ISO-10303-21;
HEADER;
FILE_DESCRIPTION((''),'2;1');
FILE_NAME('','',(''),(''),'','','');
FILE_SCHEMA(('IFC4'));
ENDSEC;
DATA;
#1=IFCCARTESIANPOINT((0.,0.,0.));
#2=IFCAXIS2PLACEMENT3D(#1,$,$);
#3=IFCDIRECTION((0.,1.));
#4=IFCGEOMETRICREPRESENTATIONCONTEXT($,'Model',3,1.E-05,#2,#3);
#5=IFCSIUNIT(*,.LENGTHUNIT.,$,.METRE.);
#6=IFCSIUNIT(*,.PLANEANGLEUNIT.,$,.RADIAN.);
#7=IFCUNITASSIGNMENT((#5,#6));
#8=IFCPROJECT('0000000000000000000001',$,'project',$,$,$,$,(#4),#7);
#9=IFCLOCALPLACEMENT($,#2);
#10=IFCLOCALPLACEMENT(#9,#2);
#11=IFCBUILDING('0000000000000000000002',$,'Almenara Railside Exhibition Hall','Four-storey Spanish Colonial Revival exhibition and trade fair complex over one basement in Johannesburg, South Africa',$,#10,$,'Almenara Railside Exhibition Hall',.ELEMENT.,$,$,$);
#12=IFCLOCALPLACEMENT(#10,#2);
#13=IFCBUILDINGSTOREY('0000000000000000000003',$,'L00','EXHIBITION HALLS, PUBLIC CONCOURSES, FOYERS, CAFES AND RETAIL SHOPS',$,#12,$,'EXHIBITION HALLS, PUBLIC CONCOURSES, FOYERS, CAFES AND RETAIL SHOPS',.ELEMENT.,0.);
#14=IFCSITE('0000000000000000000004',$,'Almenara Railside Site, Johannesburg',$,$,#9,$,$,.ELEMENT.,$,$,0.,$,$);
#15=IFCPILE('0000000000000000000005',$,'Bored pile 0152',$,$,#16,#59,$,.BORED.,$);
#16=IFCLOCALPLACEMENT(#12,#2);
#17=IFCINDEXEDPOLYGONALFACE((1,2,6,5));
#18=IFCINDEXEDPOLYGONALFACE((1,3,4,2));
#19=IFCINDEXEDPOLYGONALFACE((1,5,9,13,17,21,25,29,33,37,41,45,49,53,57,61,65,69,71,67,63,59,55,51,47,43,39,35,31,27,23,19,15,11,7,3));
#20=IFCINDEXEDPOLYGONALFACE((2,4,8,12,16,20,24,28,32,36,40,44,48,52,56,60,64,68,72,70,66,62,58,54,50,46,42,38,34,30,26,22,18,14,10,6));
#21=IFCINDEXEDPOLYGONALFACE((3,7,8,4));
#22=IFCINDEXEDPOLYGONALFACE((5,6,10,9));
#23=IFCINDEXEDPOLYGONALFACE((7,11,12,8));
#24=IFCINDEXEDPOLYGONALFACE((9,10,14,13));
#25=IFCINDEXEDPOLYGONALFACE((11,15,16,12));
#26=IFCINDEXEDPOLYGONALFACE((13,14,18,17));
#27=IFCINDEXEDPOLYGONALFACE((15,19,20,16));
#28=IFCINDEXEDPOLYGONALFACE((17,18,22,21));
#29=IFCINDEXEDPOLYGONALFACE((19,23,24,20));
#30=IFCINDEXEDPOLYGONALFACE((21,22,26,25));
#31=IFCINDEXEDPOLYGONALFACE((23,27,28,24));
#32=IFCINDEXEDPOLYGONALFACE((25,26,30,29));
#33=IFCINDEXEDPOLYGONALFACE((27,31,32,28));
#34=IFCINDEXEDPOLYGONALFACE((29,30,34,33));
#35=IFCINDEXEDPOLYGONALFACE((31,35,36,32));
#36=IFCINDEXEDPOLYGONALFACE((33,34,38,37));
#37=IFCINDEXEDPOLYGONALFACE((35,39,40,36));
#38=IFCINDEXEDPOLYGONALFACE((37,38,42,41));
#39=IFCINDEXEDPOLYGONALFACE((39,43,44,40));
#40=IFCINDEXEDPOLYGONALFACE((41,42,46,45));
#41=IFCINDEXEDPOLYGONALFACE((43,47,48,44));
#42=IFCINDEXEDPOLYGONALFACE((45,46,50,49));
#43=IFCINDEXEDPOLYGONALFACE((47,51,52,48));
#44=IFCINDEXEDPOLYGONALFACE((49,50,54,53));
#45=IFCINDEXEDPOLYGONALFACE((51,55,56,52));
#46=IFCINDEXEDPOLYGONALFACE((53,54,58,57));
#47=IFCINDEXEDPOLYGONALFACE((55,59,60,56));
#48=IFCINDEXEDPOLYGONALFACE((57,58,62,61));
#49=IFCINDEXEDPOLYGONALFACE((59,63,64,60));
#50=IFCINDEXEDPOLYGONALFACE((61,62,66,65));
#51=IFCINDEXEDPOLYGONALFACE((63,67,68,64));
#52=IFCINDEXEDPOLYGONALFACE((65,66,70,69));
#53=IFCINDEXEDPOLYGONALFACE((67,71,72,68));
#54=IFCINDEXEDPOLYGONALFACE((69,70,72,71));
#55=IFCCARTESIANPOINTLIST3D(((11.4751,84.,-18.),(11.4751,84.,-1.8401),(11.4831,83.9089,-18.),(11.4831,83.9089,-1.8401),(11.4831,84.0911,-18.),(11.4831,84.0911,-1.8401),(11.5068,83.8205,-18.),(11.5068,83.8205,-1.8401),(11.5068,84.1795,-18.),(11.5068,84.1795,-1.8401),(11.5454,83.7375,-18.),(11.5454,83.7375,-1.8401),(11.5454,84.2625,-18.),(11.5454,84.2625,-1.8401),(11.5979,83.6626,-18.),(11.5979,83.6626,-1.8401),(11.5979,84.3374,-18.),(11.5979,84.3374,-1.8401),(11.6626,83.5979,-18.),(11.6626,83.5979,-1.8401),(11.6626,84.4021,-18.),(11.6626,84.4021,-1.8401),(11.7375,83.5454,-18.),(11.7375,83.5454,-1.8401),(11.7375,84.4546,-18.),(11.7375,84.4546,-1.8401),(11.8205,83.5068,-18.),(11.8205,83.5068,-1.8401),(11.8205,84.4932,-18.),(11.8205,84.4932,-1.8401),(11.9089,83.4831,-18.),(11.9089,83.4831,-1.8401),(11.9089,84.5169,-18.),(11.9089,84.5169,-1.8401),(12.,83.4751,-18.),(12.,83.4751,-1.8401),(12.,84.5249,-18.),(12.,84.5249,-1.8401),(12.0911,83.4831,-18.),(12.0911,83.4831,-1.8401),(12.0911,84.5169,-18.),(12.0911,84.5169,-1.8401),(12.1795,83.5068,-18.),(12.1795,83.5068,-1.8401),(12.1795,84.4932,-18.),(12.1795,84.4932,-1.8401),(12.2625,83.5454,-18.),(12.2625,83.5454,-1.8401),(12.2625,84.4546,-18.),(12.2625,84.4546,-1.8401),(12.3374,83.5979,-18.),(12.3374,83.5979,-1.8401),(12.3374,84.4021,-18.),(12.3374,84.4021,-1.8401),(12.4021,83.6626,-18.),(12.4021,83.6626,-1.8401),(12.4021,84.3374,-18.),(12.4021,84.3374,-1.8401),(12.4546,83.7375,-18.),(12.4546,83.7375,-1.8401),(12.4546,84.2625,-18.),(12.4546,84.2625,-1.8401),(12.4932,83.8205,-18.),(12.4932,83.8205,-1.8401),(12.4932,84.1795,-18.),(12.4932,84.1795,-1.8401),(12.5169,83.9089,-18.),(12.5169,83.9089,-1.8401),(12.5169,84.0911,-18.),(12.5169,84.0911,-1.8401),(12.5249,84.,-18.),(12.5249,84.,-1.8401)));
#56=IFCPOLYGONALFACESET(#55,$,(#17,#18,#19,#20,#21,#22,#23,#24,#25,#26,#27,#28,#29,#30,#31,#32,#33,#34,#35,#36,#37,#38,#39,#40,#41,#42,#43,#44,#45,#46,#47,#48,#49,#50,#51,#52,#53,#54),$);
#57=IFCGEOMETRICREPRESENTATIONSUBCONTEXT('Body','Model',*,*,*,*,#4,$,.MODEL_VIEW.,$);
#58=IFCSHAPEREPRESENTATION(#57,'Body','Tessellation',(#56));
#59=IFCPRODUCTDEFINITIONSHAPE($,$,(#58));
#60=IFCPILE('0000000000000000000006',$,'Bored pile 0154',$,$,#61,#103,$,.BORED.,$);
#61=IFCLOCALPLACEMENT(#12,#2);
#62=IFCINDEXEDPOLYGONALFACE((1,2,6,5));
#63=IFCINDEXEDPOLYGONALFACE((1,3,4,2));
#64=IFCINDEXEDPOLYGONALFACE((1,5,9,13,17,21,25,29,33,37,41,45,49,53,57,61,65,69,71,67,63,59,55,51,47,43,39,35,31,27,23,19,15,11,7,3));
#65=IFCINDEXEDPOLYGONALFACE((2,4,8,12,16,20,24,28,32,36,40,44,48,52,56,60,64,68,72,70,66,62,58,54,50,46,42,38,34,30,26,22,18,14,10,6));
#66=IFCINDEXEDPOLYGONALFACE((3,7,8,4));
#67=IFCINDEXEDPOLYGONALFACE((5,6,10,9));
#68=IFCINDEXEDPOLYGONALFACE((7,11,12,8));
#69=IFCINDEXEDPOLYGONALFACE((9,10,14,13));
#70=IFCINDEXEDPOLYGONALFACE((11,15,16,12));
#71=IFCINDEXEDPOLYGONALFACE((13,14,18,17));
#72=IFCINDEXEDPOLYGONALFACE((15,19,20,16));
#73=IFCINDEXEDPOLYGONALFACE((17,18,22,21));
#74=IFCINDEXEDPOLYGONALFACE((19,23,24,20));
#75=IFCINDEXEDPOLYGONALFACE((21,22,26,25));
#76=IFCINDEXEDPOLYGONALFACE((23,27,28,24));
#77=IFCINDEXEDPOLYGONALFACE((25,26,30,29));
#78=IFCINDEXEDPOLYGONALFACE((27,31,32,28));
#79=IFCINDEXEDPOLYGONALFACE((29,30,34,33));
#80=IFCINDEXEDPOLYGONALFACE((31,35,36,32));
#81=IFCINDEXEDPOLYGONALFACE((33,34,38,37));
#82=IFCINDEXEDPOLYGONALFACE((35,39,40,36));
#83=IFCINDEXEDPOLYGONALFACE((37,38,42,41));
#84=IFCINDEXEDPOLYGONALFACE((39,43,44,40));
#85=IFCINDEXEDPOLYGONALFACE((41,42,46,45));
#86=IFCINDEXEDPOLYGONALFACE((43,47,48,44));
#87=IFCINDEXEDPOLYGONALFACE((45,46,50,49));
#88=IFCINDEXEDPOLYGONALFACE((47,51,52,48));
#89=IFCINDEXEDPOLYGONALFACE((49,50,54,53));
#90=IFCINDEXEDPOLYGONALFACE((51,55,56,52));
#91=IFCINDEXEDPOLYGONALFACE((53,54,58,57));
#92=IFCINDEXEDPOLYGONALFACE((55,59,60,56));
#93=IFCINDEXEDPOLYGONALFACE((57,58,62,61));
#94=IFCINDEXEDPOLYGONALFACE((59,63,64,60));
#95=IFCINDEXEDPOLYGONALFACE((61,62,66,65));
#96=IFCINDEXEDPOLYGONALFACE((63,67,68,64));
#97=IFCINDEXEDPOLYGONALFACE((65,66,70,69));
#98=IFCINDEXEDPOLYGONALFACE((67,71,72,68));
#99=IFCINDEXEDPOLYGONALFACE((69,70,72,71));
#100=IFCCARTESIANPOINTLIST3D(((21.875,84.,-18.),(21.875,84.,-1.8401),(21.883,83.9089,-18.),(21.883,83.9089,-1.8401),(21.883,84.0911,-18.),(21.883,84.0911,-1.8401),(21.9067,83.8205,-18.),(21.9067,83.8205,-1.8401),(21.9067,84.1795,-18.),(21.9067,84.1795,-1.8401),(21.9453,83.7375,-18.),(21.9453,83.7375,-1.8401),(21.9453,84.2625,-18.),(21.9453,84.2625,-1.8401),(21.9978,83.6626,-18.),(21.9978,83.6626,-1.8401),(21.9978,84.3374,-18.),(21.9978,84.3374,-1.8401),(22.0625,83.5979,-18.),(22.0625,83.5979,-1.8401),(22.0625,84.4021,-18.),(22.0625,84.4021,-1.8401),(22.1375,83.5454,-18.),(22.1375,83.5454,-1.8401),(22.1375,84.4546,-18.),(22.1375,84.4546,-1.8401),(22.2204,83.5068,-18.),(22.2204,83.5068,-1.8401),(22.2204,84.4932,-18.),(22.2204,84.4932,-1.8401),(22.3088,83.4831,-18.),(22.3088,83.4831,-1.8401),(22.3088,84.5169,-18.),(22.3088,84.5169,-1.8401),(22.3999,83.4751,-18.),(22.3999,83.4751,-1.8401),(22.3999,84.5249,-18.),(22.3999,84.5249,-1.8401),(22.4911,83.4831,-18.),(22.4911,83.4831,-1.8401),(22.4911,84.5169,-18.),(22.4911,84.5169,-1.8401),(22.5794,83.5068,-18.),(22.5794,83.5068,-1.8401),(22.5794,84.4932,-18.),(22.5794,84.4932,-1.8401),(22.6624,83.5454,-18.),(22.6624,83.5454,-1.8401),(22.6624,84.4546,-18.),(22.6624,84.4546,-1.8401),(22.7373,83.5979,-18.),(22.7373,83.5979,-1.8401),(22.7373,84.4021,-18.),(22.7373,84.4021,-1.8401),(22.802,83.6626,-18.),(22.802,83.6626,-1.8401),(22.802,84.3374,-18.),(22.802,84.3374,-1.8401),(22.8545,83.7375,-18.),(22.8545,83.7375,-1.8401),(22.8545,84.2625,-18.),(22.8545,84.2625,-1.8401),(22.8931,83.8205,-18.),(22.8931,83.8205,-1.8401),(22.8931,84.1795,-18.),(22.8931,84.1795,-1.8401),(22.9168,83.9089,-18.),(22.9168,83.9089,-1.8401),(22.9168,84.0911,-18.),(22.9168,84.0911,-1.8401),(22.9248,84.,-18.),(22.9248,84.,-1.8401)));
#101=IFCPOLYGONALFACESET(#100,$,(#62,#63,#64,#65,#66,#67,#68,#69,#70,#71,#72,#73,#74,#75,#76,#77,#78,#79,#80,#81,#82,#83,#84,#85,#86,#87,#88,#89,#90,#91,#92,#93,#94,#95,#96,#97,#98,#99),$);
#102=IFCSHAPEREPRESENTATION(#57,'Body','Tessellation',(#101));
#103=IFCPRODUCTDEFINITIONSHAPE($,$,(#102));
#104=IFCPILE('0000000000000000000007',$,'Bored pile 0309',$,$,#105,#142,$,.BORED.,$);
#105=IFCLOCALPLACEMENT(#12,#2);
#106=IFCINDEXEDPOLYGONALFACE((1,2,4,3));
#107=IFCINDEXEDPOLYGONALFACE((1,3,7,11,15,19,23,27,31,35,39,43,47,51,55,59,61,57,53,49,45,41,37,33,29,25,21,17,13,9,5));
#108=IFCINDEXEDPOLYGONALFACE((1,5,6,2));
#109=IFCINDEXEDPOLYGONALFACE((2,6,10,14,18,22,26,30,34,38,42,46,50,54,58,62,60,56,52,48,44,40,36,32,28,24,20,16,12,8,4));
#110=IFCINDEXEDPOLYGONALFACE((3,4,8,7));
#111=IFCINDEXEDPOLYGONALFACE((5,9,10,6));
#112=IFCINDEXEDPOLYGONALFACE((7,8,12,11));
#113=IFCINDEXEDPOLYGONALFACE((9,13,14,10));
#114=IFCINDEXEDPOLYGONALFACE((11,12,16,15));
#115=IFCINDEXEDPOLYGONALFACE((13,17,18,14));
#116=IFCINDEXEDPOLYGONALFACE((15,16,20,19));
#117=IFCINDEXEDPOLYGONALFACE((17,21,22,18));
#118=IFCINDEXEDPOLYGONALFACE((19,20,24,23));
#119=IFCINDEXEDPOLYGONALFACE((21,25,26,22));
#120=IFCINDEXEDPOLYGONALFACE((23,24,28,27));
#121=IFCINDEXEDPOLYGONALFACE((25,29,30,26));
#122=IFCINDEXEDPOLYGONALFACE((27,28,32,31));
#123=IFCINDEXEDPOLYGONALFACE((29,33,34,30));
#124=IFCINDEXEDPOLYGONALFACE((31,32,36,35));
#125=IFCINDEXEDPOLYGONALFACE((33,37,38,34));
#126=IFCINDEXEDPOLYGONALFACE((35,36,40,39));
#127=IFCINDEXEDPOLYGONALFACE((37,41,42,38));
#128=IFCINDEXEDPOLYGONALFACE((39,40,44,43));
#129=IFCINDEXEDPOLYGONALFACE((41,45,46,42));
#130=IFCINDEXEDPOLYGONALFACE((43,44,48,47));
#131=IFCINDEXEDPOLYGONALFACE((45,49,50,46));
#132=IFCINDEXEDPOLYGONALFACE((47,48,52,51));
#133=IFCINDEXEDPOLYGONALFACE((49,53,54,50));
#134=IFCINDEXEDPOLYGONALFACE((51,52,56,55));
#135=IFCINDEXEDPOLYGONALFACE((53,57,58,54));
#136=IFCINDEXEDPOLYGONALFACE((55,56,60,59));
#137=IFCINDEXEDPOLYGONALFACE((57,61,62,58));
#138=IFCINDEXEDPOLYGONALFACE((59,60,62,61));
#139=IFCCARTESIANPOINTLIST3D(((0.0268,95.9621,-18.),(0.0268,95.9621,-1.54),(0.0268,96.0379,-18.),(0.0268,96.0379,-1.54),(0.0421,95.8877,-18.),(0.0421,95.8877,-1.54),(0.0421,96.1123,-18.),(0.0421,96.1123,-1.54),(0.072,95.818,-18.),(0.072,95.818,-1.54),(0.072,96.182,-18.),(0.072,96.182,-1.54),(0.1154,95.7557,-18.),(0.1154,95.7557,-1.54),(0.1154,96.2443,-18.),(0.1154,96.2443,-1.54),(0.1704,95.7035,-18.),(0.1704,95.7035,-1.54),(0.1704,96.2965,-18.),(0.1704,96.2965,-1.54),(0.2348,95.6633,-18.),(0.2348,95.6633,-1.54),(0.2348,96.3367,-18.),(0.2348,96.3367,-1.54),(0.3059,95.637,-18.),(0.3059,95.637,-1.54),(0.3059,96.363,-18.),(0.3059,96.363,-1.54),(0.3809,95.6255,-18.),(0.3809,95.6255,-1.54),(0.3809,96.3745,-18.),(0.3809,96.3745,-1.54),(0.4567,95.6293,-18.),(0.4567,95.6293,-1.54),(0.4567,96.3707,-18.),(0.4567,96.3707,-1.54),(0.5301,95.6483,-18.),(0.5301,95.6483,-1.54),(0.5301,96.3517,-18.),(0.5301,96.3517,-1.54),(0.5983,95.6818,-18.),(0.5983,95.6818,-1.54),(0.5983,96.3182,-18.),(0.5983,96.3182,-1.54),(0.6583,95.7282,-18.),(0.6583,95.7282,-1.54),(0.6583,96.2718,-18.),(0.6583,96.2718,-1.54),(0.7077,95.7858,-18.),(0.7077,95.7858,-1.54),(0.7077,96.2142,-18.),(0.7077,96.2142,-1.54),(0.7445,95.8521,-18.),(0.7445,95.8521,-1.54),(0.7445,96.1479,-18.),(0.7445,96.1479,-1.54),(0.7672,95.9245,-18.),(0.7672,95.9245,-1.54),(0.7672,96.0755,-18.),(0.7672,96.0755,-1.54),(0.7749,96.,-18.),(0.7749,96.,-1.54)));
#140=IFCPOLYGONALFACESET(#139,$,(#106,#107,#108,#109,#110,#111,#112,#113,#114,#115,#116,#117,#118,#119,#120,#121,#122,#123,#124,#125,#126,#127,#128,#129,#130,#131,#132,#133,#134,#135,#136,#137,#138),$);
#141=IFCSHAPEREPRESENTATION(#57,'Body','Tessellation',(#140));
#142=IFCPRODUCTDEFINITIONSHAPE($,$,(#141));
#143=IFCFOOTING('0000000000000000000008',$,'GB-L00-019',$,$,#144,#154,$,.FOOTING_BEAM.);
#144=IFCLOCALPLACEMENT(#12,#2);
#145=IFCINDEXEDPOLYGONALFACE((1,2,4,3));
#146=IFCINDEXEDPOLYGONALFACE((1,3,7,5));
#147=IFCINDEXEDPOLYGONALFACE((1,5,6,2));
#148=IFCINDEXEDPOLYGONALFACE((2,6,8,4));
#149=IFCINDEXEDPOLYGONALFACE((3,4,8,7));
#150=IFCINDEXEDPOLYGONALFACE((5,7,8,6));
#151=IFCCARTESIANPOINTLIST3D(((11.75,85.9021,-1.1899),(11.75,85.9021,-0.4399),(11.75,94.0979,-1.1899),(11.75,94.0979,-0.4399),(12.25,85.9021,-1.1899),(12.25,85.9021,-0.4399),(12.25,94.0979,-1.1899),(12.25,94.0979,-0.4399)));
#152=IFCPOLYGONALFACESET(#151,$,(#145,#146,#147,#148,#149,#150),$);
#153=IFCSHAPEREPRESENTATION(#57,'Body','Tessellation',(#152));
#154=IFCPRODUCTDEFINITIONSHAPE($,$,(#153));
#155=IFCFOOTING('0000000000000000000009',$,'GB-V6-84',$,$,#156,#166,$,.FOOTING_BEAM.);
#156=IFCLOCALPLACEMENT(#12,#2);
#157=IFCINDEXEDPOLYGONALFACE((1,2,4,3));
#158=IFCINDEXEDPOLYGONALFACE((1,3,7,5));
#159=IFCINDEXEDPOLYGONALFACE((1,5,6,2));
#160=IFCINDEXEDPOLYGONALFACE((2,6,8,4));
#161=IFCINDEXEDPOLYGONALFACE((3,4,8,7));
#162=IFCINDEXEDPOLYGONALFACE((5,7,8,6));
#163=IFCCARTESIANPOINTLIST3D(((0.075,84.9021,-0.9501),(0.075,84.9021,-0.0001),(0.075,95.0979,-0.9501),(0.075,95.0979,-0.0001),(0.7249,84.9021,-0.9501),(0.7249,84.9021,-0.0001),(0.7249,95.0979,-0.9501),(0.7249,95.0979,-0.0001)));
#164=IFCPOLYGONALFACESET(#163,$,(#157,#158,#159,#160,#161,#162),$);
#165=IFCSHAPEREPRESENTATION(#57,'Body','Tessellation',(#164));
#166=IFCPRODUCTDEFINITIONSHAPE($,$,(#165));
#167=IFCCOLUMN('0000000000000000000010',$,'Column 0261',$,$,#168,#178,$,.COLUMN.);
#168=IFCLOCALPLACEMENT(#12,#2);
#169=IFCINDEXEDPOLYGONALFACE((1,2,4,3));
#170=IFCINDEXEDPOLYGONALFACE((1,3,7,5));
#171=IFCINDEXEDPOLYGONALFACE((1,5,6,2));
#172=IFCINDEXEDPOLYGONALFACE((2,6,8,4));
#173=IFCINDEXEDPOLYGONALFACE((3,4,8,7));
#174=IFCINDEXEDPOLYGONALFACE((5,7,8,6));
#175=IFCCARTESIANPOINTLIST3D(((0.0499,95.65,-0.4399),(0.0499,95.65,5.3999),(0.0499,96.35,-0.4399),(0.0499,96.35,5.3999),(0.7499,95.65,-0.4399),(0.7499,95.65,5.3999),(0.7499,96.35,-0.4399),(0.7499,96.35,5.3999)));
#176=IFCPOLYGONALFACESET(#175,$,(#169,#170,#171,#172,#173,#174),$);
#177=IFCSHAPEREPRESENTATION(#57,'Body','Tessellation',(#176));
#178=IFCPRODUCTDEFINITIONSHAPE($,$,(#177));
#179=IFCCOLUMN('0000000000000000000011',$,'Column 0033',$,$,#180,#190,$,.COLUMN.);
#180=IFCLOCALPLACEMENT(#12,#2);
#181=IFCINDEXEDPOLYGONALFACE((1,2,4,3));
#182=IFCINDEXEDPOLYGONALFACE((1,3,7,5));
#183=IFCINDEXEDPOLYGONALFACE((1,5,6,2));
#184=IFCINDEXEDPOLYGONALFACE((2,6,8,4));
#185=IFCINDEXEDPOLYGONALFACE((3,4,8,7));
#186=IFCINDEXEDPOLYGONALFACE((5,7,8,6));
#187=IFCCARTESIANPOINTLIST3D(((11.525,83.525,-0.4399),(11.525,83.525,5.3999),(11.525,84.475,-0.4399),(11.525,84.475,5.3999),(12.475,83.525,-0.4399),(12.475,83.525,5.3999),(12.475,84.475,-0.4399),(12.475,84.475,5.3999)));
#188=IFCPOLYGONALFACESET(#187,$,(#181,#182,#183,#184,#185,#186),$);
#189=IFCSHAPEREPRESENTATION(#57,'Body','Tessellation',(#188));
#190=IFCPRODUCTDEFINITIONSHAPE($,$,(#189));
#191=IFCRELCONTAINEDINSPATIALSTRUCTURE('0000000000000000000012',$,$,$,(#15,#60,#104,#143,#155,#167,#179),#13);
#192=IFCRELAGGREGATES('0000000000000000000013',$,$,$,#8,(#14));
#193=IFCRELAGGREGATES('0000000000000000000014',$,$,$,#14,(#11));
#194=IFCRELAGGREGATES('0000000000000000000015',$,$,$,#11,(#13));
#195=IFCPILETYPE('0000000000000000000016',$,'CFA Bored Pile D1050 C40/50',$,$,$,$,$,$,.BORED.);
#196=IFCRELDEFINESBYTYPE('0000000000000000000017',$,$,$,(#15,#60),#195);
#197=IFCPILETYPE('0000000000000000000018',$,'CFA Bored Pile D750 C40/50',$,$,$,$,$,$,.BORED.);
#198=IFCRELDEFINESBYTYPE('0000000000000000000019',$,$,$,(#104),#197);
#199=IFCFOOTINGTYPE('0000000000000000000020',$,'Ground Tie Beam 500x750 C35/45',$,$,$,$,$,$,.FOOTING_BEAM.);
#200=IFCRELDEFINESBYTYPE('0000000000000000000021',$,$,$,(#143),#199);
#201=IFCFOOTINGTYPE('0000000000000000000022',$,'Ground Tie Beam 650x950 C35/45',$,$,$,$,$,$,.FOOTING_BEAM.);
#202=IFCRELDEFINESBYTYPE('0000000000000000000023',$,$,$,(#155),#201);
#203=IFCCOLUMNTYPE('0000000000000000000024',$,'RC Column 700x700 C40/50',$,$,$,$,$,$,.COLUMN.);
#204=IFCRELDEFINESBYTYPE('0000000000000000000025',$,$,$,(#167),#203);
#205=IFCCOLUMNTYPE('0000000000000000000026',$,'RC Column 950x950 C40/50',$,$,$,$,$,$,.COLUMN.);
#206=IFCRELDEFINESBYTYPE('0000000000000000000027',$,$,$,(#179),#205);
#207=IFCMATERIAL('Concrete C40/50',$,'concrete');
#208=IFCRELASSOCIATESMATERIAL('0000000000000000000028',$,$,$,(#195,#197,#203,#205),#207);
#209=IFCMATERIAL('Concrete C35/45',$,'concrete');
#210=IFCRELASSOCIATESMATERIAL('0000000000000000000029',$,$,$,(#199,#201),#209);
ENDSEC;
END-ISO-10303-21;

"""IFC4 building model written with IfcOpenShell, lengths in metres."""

from ifc_helpers import new_model, si_unit, direction, frame, origin, origin_2d, place, context, subcontext, project, spatial, rectangle, circle, extrude, material, material_profile, profile_set, type_object, element, save


model = new_model("IFC4")

# Units and contexts
model_context = context("Model", 3, precision=1e-05, world=origin(), true_north=direction((0.0, 1.0)))
body_context = subcontext(model_context, "Body", "Model", "MODEL_VIEW")
ifc_project = project(units=[si_unit("LENGTHUNIT", "METRE"), si_unit("PLANEANGLEUNIT", "RADIAN")], contexts=[model_context])

# Site, building, storey
site_placement = place(None, origin())
site = spatial("IfcSite", under=ifc_project, at=site_placement, Name="Almenara Railside Site, Johannesburg", CompositionType="ELEMENT", RefElevation=0.0)
building_placement = place(site_placement, origin())
building = spatial("IfcBuilding", under=site, at=building_placement, Name="Almenara Railside Exhibition Hall", Description="Four-storey Spanish Colonial Revival exhibition and trade fair complex over one basement in Johannesburg, South Africa", LongName="Almenara Railside Exhibition Hall", CompositionType="ELEMENT")
storey_placement = place(building_placement, origin())
storey = spatial("IfcBuildingStorey", under=building, at=storey_placement, Name="L00", Description="EXHIBITION HALLS, PUBLIC CONCOURSES, FOYERS, CAFES AND RETAIL SHOPS", LongName="EXHIBITION HALLS, PUBLIC CONCOURSES, FOYERS, CAFES AND RETAIL SHOPS", CompositionType="ELEMENT", Elevation=0.0)

# Piles
ifc_material_1 = material(Name="Concrete C40/50", Category="concrete")
ifc_material_profile_1 = material_profile(ifc_material_1, circle(Radius=0.5249, at=origin_2d()), Name="CFA-PILE D1050")
ifc_profile_set_1 = profile_set([ifc_material_profile_1], Name="Concrete C40/50")
pile_type_1 = type_object("IfcPileType", Name="CFA Bored Pile D1050 C40/50", PredefinedType="BORED", material=ifc_profile_set_1)
for number, where, z_axis, x_axis, name in (
    (1, (12.0, 84.0, -1.8401), (0.0, 0.0, -1.0), (1.0, 0.0, 0.0), "Bored pile 0152"),
    (2, (22.3999, 84.0, -1.8401), (0.0, 0.0, -1.0), (1.0, 0.0, 0.0), "Bored pile 0154"),
):
    element("IfcPile", number, at=place(storey_placement, frame(where, z_axis=z_axis, x_axis=x_axis)), inside=storey, type_object=pile_type_1, Name=name, PredefinedType="BORED", context=body_context, shape_type="SweptSolid", body=[
        extrude(circle(Radius=0.5249, at=origin_2d()), origin(), (0.0, 0.0, 1.0), 16.1599),
    ])
ifc_material_profile_2 = material_profile(ifc_material_1, circle(Radius=0.375, at=origin_2d()), Name="CFA-PILE D750")
ifc_profile_set_2 = profile_set([ifc_material_profile_2], Name="Concrete C40/50")
pile_type_2 = type_object("IfcPileType", Name="CFA Bored Pile D750 C40/50", PredefinedType="BORED", material=ifc_profile_set_2)
pile_placement = place(storey_placement, frame((0.3999, 96.0, -1.54), z_axis=(0.0, 0.0, -1.0), x_axis=(1.0, 0.0, 0.0)))
element("IfcPile", 3, at=pile_placement, inside=storey, type_object=pile_type_2, Name="Bored pile 0309", PredefinedType="BORED", context=body_context, shape_type="SweptSolid", body=[
    extrude(circle(Radius=0.375, at=origin_2d()), origin(), (0.0, 0.0, 1.0), 16.46),
])

# Footings
ifc_material_2 = material(Name="Concrete C35/45", Category="concrete")
ifc_material_profile_3 = material_profile(ifc_material_2, rectangle(XDim=0.5, YDim=0.75, at=origin_2d()), Name="RC-GB 500x750")
ifc_profile_set_3 = profile_set([ifc_material_profile_3], Name="Concrete C35/45")
footing_type_1 = type_object("IfcFootingType", Name="Ground Tie Beam 500x750 C35/45", PredefinedType="FOOTING_BEAM", material=ifc_profile_set_3)
footing_1_placement = place(storey_placement, frame((12.0, 85.9021, -0.8149), z_axis=(0.0, 1.0, 0.0), x_axis=(-1.0, 0.0, 0.0)))
element("IfcFooting", 4, at=footing_1_placement, inside=storey, type_object=footing_type_1, Name="GB-L00-019", PredefinedType="FOOTING_BEAM", context=body_context, shape_type="SweptSolid", body=[
    extrude(rectangle(XDim=0.5, YDim=0.75, at=origin_2d()), origin(), (0.0, 0.0, 1.0), 8.1958),
])
ifc_material_profile_4 = material_profile(ifc_material_2, rectangle(XDim=0.6499, YDim=0.95, at=origin_2d()), Name="RC-GB 650x950")
ifc_profile_set_4 = profile_set([ifc_material_profile_4], Name="Concrete C35/45")
footing_type_2 = type_object("IfcFootingType", Name="Ground Tie Beam 650x950 C35/45", PredefinedType="FOOTING_BEAM", material=ifc_profile_set_4)
footing_2_placement = place(storey_placement, frame((0.3999, 84.9021, -0.4751), z_axis=(0.0, 1.0, 0.0), x_axis=(-1.0, 0.0, 0.0)))
element("IfcFooting", 5, at=footing_2_placement, inside=storey, type_object=footing_type_2, Name="GB-V6-84", PredefinedType="FOOTING_BEAM", context=body_context, shape_type="SweptSolid", body=[
    extrude(rectangle(XDim=0.6499, YDim=0.95, at=origin_2d()), origin(), (0.0, 0.0, 1.0), 10.1958),
])

# Columns
ifc_material_profile_5 = material_profile(ifc_material_1, rectangle(XDim=0.7, YDim=0.7, at=origin_2d()), Name="RC 700x700")
ifc_profile_set_5 = profile_set([ifc_material_profile_5], Name="Concrete C40/50")
column_type_1 = type_object("IfcColumnType", Name="RC Column 700x700 C40/50", PredefinedType="COLUMN", material=ifc_profile_set_5)
column_placement = place(storey_placement, frame((0.3999, 96.0, -0.4399), z_axis=(0.0, 0.0, 1.0), x_axis=(1.0, 0.0, 0.0)))
element("IfcColumn", 6, at=column_placement, inside=storey, type_object=column_type_1, Name="Column 0261", PredefinedType="COLUMN", context=body_context, shape_type="SweptSolid", body=[
    extrude(rectangle(XDim=0.7, YDim=0.7, at=origin_2d()), origin(), (0.0, 0.0, 1.0), 5.8398),
])
ifc_material_profile_6 = material_profile(ifc_material_1, rectangle(XDim=0.95, YDim=0.95, at=origin_2d()), Name="RC 950x950")
ifc_profile_set_6 = profile_set([ifc_material_profile_6], Name="Concrete C40/50")
column_type_2 = type_object("IfcColumnType", Name="RC Column 950x950 C40/50", PredefinedType="COLUMN", material=ifc_profile_set_6)
for number, where, z_axis, x_axis, name in (
    (7, (12.0, 84.0, -0.4399), (0.0, 0.0, 1.0), (1.0, 0.0, 0.0), "Column 0033"),
):
    element("IfcColumn", number, at=place(storey_placement, frame(where, z_axis=z_axis, x_axis=x_axis)), inside=storey, type_object=column_type_2, Name=name, PredefinedType="COLUMN", context=body_context, shape_type="SweptSolid", body=[
        extrude(rectangle(XDim=0.95, YDim=0.95, at=origin_2d()), origin(), (0.0, 0.0, 1.0), 5.8398),
    ])

save(model, "model.ifc")
